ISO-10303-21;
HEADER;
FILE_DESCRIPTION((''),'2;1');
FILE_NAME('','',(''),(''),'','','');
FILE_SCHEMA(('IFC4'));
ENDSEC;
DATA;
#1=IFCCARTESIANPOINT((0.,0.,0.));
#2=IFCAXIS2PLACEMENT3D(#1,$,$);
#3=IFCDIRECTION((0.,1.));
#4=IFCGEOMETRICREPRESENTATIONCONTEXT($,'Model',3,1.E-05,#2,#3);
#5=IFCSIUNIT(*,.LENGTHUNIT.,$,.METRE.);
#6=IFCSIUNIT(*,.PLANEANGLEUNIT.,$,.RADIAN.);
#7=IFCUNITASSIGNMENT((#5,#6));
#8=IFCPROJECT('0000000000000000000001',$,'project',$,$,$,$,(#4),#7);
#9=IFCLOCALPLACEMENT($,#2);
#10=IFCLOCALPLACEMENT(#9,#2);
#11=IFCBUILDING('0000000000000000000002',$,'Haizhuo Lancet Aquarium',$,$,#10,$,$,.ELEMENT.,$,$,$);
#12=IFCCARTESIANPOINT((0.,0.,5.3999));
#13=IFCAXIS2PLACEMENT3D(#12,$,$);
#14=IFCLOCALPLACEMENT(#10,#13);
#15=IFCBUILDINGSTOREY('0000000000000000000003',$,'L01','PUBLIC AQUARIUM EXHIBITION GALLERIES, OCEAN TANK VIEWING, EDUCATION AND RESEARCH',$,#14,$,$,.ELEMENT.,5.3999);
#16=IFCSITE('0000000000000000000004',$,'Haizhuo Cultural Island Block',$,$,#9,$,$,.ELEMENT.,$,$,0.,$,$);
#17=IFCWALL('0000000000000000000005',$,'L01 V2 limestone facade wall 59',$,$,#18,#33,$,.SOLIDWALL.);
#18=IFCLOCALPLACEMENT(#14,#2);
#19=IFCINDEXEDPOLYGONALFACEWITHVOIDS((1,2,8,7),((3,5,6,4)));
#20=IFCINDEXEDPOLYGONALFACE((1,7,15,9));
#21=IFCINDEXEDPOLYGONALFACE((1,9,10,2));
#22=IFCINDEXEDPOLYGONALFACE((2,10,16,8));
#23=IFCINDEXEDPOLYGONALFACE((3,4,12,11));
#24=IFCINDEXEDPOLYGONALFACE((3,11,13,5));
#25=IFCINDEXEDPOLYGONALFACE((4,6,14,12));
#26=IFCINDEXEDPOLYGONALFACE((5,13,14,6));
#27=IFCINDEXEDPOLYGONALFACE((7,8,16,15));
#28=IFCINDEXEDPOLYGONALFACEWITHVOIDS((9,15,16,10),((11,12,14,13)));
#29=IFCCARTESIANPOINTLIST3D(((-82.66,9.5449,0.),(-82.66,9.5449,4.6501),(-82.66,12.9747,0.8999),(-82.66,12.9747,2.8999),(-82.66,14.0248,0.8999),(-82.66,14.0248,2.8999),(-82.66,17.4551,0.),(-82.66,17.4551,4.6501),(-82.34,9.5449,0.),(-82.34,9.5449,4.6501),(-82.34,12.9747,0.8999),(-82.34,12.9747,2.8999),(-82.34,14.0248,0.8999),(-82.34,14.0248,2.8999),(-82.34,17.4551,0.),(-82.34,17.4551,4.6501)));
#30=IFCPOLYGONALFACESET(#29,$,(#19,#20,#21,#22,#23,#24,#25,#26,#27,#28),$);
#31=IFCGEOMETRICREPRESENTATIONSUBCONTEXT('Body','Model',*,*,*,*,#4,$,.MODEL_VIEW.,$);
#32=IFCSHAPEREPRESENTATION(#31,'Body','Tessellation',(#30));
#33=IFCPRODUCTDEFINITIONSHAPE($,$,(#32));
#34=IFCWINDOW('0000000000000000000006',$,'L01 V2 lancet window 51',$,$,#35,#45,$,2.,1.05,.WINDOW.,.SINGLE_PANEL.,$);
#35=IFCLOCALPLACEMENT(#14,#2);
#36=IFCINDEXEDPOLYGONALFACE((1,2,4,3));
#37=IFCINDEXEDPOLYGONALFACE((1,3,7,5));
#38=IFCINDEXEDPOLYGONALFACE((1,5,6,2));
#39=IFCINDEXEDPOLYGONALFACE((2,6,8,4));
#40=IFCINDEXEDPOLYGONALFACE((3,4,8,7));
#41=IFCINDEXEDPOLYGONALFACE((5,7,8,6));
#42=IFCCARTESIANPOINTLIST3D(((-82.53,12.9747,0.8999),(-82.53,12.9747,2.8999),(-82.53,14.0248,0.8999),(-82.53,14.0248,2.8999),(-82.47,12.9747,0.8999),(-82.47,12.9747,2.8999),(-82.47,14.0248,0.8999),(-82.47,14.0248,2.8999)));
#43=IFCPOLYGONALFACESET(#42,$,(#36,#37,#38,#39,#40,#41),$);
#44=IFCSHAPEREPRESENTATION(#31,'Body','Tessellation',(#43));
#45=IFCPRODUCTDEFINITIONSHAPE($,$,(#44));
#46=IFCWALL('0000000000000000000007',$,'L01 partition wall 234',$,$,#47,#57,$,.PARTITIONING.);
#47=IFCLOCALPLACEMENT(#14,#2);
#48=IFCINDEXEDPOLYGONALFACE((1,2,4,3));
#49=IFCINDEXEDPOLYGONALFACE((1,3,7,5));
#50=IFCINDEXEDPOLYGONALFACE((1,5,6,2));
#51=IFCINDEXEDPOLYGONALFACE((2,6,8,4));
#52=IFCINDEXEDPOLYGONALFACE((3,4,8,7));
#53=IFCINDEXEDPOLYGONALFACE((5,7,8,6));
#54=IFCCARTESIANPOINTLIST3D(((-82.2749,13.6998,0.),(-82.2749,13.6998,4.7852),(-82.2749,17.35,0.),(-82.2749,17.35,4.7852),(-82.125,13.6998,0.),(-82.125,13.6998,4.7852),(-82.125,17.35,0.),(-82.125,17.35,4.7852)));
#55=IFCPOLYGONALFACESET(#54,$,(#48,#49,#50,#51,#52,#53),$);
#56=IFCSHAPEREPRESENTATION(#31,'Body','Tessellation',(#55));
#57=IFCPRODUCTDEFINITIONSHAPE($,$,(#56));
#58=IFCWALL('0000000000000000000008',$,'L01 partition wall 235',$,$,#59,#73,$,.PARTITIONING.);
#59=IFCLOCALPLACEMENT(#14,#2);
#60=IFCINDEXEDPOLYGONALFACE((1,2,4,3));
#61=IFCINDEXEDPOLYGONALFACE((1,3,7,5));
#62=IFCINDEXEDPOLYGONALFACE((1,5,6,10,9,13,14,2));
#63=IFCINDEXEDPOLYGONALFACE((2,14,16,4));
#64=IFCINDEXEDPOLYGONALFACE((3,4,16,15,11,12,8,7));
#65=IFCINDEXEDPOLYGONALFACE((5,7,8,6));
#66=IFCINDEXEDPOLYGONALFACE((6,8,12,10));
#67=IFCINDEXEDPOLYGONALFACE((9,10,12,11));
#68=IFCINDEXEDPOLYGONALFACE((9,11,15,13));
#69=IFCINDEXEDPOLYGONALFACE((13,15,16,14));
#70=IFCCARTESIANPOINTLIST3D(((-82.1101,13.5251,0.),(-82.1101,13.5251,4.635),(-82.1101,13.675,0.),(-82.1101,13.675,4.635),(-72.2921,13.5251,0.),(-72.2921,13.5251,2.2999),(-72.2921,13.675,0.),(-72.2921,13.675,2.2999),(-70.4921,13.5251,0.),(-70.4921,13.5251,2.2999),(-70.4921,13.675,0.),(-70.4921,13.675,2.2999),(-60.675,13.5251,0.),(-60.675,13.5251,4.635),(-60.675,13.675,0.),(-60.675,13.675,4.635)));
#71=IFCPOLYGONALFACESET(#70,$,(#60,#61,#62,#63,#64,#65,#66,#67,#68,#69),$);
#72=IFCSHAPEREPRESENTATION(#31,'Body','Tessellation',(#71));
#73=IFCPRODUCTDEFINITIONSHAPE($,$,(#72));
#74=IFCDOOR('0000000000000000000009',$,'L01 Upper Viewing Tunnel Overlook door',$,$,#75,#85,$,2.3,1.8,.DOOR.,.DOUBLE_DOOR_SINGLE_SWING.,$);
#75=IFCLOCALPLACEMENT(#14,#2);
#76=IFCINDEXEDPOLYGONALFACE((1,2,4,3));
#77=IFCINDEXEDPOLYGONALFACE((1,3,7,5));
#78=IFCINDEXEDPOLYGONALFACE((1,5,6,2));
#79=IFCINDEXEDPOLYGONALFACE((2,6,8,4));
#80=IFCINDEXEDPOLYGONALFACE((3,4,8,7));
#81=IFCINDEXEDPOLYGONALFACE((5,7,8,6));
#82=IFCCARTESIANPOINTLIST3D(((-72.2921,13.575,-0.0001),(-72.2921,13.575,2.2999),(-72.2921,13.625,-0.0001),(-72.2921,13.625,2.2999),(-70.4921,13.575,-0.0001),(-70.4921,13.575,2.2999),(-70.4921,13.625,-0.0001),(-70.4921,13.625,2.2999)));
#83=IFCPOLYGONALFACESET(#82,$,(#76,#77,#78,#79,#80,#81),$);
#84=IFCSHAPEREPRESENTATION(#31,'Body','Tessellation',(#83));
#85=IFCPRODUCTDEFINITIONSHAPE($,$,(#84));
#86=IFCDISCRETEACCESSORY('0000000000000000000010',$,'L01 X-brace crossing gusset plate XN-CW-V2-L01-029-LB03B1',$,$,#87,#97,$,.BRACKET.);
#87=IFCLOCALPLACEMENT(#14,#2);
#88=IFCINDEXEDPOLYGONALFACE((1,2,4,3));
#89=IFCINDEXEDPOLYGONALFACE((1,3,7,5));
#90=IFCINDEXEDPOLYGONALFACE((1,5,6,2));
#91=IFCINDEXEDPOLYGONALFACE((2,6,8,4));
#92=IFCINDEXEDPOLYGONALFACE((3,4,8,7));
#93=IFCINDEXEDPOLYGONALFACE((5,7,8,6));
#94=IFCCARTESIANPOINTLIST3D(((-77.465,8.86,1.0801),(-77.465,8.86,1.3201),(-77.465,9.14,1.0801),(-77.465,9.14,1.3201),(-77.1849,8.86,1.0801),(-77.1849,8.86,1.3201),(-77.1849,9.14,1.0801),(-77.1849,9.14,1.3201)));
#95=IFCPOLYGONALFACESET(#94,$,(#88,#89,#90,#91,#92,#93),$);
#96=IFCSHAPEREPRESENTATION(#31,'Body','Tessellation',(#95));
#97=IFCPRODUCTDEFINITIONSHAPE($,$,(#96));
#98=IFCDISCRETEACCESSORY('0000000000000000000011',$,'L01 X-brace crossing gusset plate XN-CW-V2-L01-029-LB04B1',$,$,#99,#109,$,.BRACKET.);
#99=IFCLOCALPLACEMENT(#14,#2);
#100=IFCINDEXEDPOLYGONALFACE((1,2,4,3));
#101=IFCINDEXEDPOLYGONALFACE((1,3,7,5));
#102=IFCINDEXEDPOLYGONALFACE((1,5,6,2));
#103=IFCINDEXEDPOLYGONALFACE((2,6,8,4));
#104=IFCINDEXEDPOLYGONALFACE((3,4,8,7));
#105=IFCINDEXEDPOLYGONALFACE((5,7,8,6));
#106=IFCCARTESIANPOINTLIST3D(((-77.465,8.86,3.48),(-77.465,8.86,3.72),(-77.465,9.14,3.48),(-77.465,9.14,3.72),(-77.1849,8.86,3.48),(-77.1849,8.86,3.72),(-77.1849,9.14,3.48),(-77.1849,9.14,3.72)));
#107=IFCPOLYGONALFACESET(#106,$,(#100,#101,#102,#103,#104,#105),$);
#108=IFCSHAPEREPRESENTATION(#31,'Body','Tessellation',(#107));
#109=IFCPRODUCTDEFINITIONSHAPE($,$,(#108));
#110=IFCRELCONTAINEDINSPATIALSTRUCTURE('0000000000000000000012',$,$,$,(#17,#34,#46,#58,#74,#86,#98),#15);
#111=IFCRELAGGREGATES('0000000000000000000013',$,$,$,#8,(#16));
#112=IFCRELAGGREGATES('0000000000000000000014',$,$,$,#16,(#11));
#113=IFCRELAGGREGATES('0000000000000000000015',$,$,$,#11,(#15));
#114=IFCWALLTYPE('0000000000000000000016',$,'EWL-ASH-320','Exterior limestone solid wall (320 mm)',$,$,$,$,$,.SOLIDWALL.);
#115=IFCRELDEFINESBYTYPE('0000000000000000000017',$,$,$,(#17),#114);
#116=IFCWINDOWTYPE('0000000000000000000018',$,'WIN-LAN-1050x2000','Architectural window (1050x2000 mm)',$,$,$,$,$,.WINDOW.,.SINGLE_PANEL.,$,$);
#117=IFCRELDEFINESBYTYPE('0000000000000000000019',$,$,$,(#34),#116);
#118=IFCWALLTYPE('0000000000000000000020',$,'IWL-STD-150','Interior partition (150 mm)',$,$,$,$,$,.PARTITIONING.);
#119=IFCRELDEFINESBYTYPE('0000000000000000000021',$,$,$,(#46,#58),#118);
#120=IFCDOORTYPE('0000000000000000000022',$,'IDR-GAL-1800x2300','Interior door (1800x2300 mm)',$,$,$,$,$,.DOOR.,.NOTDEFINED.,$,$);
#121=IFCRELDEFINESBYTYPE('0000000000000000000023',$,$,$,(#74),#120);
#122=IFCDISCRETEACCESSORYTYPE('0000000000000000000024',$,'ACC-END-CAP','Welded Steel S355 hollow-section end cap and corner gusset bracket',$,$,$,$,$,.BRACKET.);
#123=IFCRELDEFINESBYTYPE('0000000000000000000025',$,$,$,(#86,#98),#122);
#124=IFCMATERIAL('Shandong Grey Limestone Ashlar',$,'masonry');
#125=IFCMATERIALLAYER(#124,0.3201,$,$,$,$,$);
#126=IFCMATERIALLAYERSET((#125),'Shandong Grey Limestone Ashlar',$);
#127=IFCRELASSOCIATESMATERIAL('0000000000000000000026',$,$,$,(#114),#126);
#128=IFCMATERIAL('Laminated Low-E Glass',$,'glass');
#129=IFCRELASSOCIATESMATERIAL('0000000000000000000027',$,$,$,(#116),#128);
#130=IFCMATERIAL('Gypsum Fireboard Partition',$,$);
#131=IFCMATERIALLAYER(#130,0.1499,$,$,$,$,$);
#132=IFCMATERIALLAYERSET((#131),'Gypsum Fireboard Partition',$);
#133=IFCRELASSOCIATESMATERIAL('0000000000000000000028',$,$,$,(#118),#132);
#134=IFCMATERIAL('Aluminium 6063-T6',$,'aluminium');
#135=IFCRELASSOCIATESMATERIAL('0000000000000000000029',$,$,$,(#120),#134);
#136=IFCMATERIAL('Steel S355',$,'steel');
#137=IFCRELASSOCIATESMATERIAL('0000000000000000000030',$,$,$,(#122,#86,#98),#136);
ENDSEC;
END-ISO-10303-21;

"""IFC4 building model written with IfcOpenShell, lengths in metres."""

from ifc_helpers import new_model, si_unit, direction, frame, frame_2d, origin, origin_2d, place, context, subcontext, project, spatial, rectangle, extrude, material, layer, layer_set, type_object, element, fill, save


model = new_model("IFC4")

# Units and contexts
model_context = context("Model", 3, precision=1e-05, world=origin(), true_north=direction((0.0, 1.0)))
body_context = subcontext(model_context, "Body", "Model", "MODEL_VIEW")
ifc_project = project(units=[si_unit("LENGTHUNIT", "METRE"), si_unit("PLANEANGLEUNIT", "RADIAN")], contexts=[model_context])

# Site, building, storey
site_placement = place(None, origin())
site = spatial("IfcSite", under=ifc_project, at=site_placement, Name="Haizhuo Cultural Island Block", CompositionType="ELEMENT", RefElevation=0.0)
building_placement = place(site_placement, origin())
building = spatial("IfcBuilding", under=site, at=building_placement, Name="Haizhuo Lancet Aquarium", CompositionType="ELEMENT")
storey_placement = place(building_placement, frame((0.0, 0.0, 5.3999)))
storey = spatial("IfcBuildingStorey", under=building, at=storey_placement, Name="L01", Description="PUBLIC AQUARIUM EXHIBITION GALLERIES, OCEAN TANK VIEWING, EDUCATION AND RESEARCH", CompositionType="ELEMENT", Elevation=5.3999)

# Shared definitions
ifc_material_1 = material(Name="Steel S355", Category="steel")

# Shared definitions
ifc_material_2 = material(Name="Aluminium 6063-T6", Category="aluminium")

# Shared definitions
ifc_material_3 = material(Name="Laminated Low-E Glass", Category="glass")

# Wall, opening, window
ifc_material_4 = material(Name="Shandong Grey Limestone Ashlar", Category="masonry")
ifc_layer_1 = layer(ifc_material_4, 0.3201)
ifc_layer_set_1 = layer_set([ifc_layer_1], Name="Shandong Grey Limestone Ashlar")
wall_type_1 = type_object("IfcWallType", Name="EWL-ASH-320", Description="Exterior limestone solid wall (320 mm)", PredefinedType="SOLIDWALL", material=ifc_layer_set_1)
wall_1_placement = place(storey_placement, frame((-82.5, 9.5449, 0.0), z_axis=(0.0, 0.0, 1.0), x_axis=(0.0, 1.0, 0.0)))
wall_1 = element("IfcWall", 1, at=wall_1_placement, inside=storey, type_object=wall_type_1, Name="L01 V2 limestone facade wall 59", PredefinedType="SOLIDWALL", context=body_context, shape_type="SweptSolid", body=[
    extrude(rectangle(XDim=7.9102, YDim=0.3201, at=frame_2d((3.9551, 0.0))), origin(), (0.0, 0.0, 1.0), 4.6501),
])
opening_1_placement = place(wall_1_placement, frame((3.4299, 0.0, 0.8999)))
opening_1 = element("IfcOpeningElement", 2, at=opening_1_placement, cuts=wall_1, PredefinedType="OPENING", context=body_context, shape_type="SweptSolid", body=[
    extrude(rectangle(XDim=1.05, YDim=2.0, at=frame_2d((0.5249, 1.0))), frame((0.0, 0.1699, 0.0), z_axis=(0.0, -1.0, 0.0), x_axis=(1.0, 0.0, 0.0)), (0.0, 0.0, 1.0), 0.3401),
])
window_type_1 = type_object("IfcWindowType", Name="WIN-LAN-1050x2000", Description="Architectural window (1050x2000 mm)", PartitioningType="SINGLE_PANEL", PredefinedType="WINDOW", material=ifc_material_3)
window_1_placement = place(opening_1_placement, origin())
window_1 = element("IfcWindow", 3, at=window_1_placement, inside=storey, type_object=window_type_1, Name="L01 V2 lancet window 51", OverallHeight=2.0, OverallWidth=1.05, PartitioningType="SINGLE_PANEL", PredefinedType="WINDOW", context=body_context, shape_type="SweptSolid", body=[
    extrude(rectangle(XDim=1.05, YDim=2.0, at=frame_2d((0.5249, 1.0))), frame((0.0, 0.03, 0.0), z_axis=(0.0, -1.0, 0.0), x_axis=(1.0, 0.0, 0.0)), (0.0, 0.0, 1.0), 0.0601),
])
fill(opening_1, window_1)

# Wall
ifc_material_5 = material(Name="Gypsum Fireboard Partition")
ifc_layer_2 = layer(ifc_material_5, 0.1499)
ifc_layer_set_2 = layer_set([ifc_layer_2], Name="Gypsum Fireboard Partition")
wall_type_2 = type_object("IfcWallType", Name="IWL-STD-150", Description="Interior partition (150 mm)", PredefinedType="PARTITIONING", material=ifc_layer_set_2)
wall_2_placement = place(storey_placement, frame((-82.2, 17.3501, 0.0), z_axis=(0.0, 0.0, 1.0), x_axis=(0.0, -1.0, 0.0)))
element("IfcWall", 4, at=wall_2_placement, inside=storey, type_object=wall_type_2, Name="L01 partition wall 234", PredefinedType="PARTITIONING", context=body_context, shape_type="SweptSolid", body=[
    extrude(rectangle(XDim=3.6501, YDim=0.1499, at=frame_2d((1.8252, 0.0))), origin(), (0.0, 0.0, 1.0), 4.7852),
])

# Wall, opening, door
wall_3_placement = place(storey_placement, frame((-82.1101, 13.6001, 0.0), z_axis=(0.0, 0.0, 1.0), x_axis=(1.0, 0.0, 0.0)))
wall_3 = element("IfcWall", 5, at=wall_3_placement, inside=storey, type_object=wall_type_2, Name="L01 partition wall 235", PredefinedType="PARTITIONING", context=body_context, shape_type="SweptSolid", body=[
    extrude(rectangle(XDim=21.4351, YDim=0.1499, at=frame_2d((10.7175, 0.0))), origin(), (0.0, 0.0, 1.0), 4.635),
])
opening_2_placement = place(wall_3_placement, frame((9.8181, 0.0, 0.0)))
opening_2 = element("IfcOpeningElement", 6, at=opening_2_placement, cuts=wall_3, PredefinedType="OPENING", context=body_context, shape_type="SweptSolid", body=[
    extrude(rectangle(XDim=1.8, YDim=2.3, at=frame_2d((0.8999, 1.1499))), frame((0.0, 0.085, 0.0), z_axis=(0.0, -1.0, 0.0), x_axis=(1.0, 0.0, 0.0)), (0.0, 0.0, 1.0), 0.1699),
])
door_type = type_object("IfcDoorType", Name="IDR-GAL-1800x2300", Description="Interior door (1800x2300 mm)", OperationType="NOTDEFINED", PredefinedType="DOOR", material=ifc_material_2)
door_placement = place(opening_2_placement, origin())
door = element("IfcDoor", 7, at=door_placement, inside=storey, type_object=door_type, Name="L01 Upper Viewing Tunnel Overlook door", OperationType="DOUBLE_DOOR_SINGLE_SWING", OverallHeight=2.3, OverallWidth=1.8, PredefinedType="DOOR", context=body_context, shape_type="SweptSolid", body=[
    extrude(rectangle(XDim=1.8, YDim=2.3, at=frame_2d((0.8999, 1.1499))), frame((0.0, 0.0249, 0.0), z_axis=(0.0, -1.0, 0.0), x_axis=(1.0, 0.0, 0.0)), (0.0, 0.0, 1.0), 0.05),
])
fill(opening_2, door)

# Discrete accessories
discrete_accessory_type = type_object("IfcDiscreteAccessoryType", Name="ACC-END-CAP", Description="Welded Steel S355 hollow-section end cap and corner gusset bracket", PredefinedType="BRACKET", material=ifc_material_1)
for number, where, z_axis, x_axis, name in (
    (8, (-77.325, 9.0, 1.0801), (0.0, 0.0, 1.0), (1.0, 0.0, 0.0), "L01 X-brace crossing gusset plate XN-CW-V2-L01-029-LB03B1"),
    (9, (-77.325, 9.0, 3.48), (0.0, 0.0, 1.0), (1.0, 0.0, 0.0), "L01 X-brace crossing gusset plate XN-CW-V2-L01-029-LB04B1"),
):
    element("IfcDiscreteAccessory", number, at=place(storey_placement, frame(where, z_axis=z_axis, x_axis=x_axis)), inside=storey, type_object=discrete_accessory_type, material=ifc_material_1, Name=name, PredefinedType="BRACKET", context=body_context, shape_type="SweptSolid", body=[
        extrude(rectangle(XDim=0.28, YDim=0.28, at=origin_2d()), origin(), (0.0, 0.0, 1.0), 0.24),
    ])

save(model, "model.ifc")
